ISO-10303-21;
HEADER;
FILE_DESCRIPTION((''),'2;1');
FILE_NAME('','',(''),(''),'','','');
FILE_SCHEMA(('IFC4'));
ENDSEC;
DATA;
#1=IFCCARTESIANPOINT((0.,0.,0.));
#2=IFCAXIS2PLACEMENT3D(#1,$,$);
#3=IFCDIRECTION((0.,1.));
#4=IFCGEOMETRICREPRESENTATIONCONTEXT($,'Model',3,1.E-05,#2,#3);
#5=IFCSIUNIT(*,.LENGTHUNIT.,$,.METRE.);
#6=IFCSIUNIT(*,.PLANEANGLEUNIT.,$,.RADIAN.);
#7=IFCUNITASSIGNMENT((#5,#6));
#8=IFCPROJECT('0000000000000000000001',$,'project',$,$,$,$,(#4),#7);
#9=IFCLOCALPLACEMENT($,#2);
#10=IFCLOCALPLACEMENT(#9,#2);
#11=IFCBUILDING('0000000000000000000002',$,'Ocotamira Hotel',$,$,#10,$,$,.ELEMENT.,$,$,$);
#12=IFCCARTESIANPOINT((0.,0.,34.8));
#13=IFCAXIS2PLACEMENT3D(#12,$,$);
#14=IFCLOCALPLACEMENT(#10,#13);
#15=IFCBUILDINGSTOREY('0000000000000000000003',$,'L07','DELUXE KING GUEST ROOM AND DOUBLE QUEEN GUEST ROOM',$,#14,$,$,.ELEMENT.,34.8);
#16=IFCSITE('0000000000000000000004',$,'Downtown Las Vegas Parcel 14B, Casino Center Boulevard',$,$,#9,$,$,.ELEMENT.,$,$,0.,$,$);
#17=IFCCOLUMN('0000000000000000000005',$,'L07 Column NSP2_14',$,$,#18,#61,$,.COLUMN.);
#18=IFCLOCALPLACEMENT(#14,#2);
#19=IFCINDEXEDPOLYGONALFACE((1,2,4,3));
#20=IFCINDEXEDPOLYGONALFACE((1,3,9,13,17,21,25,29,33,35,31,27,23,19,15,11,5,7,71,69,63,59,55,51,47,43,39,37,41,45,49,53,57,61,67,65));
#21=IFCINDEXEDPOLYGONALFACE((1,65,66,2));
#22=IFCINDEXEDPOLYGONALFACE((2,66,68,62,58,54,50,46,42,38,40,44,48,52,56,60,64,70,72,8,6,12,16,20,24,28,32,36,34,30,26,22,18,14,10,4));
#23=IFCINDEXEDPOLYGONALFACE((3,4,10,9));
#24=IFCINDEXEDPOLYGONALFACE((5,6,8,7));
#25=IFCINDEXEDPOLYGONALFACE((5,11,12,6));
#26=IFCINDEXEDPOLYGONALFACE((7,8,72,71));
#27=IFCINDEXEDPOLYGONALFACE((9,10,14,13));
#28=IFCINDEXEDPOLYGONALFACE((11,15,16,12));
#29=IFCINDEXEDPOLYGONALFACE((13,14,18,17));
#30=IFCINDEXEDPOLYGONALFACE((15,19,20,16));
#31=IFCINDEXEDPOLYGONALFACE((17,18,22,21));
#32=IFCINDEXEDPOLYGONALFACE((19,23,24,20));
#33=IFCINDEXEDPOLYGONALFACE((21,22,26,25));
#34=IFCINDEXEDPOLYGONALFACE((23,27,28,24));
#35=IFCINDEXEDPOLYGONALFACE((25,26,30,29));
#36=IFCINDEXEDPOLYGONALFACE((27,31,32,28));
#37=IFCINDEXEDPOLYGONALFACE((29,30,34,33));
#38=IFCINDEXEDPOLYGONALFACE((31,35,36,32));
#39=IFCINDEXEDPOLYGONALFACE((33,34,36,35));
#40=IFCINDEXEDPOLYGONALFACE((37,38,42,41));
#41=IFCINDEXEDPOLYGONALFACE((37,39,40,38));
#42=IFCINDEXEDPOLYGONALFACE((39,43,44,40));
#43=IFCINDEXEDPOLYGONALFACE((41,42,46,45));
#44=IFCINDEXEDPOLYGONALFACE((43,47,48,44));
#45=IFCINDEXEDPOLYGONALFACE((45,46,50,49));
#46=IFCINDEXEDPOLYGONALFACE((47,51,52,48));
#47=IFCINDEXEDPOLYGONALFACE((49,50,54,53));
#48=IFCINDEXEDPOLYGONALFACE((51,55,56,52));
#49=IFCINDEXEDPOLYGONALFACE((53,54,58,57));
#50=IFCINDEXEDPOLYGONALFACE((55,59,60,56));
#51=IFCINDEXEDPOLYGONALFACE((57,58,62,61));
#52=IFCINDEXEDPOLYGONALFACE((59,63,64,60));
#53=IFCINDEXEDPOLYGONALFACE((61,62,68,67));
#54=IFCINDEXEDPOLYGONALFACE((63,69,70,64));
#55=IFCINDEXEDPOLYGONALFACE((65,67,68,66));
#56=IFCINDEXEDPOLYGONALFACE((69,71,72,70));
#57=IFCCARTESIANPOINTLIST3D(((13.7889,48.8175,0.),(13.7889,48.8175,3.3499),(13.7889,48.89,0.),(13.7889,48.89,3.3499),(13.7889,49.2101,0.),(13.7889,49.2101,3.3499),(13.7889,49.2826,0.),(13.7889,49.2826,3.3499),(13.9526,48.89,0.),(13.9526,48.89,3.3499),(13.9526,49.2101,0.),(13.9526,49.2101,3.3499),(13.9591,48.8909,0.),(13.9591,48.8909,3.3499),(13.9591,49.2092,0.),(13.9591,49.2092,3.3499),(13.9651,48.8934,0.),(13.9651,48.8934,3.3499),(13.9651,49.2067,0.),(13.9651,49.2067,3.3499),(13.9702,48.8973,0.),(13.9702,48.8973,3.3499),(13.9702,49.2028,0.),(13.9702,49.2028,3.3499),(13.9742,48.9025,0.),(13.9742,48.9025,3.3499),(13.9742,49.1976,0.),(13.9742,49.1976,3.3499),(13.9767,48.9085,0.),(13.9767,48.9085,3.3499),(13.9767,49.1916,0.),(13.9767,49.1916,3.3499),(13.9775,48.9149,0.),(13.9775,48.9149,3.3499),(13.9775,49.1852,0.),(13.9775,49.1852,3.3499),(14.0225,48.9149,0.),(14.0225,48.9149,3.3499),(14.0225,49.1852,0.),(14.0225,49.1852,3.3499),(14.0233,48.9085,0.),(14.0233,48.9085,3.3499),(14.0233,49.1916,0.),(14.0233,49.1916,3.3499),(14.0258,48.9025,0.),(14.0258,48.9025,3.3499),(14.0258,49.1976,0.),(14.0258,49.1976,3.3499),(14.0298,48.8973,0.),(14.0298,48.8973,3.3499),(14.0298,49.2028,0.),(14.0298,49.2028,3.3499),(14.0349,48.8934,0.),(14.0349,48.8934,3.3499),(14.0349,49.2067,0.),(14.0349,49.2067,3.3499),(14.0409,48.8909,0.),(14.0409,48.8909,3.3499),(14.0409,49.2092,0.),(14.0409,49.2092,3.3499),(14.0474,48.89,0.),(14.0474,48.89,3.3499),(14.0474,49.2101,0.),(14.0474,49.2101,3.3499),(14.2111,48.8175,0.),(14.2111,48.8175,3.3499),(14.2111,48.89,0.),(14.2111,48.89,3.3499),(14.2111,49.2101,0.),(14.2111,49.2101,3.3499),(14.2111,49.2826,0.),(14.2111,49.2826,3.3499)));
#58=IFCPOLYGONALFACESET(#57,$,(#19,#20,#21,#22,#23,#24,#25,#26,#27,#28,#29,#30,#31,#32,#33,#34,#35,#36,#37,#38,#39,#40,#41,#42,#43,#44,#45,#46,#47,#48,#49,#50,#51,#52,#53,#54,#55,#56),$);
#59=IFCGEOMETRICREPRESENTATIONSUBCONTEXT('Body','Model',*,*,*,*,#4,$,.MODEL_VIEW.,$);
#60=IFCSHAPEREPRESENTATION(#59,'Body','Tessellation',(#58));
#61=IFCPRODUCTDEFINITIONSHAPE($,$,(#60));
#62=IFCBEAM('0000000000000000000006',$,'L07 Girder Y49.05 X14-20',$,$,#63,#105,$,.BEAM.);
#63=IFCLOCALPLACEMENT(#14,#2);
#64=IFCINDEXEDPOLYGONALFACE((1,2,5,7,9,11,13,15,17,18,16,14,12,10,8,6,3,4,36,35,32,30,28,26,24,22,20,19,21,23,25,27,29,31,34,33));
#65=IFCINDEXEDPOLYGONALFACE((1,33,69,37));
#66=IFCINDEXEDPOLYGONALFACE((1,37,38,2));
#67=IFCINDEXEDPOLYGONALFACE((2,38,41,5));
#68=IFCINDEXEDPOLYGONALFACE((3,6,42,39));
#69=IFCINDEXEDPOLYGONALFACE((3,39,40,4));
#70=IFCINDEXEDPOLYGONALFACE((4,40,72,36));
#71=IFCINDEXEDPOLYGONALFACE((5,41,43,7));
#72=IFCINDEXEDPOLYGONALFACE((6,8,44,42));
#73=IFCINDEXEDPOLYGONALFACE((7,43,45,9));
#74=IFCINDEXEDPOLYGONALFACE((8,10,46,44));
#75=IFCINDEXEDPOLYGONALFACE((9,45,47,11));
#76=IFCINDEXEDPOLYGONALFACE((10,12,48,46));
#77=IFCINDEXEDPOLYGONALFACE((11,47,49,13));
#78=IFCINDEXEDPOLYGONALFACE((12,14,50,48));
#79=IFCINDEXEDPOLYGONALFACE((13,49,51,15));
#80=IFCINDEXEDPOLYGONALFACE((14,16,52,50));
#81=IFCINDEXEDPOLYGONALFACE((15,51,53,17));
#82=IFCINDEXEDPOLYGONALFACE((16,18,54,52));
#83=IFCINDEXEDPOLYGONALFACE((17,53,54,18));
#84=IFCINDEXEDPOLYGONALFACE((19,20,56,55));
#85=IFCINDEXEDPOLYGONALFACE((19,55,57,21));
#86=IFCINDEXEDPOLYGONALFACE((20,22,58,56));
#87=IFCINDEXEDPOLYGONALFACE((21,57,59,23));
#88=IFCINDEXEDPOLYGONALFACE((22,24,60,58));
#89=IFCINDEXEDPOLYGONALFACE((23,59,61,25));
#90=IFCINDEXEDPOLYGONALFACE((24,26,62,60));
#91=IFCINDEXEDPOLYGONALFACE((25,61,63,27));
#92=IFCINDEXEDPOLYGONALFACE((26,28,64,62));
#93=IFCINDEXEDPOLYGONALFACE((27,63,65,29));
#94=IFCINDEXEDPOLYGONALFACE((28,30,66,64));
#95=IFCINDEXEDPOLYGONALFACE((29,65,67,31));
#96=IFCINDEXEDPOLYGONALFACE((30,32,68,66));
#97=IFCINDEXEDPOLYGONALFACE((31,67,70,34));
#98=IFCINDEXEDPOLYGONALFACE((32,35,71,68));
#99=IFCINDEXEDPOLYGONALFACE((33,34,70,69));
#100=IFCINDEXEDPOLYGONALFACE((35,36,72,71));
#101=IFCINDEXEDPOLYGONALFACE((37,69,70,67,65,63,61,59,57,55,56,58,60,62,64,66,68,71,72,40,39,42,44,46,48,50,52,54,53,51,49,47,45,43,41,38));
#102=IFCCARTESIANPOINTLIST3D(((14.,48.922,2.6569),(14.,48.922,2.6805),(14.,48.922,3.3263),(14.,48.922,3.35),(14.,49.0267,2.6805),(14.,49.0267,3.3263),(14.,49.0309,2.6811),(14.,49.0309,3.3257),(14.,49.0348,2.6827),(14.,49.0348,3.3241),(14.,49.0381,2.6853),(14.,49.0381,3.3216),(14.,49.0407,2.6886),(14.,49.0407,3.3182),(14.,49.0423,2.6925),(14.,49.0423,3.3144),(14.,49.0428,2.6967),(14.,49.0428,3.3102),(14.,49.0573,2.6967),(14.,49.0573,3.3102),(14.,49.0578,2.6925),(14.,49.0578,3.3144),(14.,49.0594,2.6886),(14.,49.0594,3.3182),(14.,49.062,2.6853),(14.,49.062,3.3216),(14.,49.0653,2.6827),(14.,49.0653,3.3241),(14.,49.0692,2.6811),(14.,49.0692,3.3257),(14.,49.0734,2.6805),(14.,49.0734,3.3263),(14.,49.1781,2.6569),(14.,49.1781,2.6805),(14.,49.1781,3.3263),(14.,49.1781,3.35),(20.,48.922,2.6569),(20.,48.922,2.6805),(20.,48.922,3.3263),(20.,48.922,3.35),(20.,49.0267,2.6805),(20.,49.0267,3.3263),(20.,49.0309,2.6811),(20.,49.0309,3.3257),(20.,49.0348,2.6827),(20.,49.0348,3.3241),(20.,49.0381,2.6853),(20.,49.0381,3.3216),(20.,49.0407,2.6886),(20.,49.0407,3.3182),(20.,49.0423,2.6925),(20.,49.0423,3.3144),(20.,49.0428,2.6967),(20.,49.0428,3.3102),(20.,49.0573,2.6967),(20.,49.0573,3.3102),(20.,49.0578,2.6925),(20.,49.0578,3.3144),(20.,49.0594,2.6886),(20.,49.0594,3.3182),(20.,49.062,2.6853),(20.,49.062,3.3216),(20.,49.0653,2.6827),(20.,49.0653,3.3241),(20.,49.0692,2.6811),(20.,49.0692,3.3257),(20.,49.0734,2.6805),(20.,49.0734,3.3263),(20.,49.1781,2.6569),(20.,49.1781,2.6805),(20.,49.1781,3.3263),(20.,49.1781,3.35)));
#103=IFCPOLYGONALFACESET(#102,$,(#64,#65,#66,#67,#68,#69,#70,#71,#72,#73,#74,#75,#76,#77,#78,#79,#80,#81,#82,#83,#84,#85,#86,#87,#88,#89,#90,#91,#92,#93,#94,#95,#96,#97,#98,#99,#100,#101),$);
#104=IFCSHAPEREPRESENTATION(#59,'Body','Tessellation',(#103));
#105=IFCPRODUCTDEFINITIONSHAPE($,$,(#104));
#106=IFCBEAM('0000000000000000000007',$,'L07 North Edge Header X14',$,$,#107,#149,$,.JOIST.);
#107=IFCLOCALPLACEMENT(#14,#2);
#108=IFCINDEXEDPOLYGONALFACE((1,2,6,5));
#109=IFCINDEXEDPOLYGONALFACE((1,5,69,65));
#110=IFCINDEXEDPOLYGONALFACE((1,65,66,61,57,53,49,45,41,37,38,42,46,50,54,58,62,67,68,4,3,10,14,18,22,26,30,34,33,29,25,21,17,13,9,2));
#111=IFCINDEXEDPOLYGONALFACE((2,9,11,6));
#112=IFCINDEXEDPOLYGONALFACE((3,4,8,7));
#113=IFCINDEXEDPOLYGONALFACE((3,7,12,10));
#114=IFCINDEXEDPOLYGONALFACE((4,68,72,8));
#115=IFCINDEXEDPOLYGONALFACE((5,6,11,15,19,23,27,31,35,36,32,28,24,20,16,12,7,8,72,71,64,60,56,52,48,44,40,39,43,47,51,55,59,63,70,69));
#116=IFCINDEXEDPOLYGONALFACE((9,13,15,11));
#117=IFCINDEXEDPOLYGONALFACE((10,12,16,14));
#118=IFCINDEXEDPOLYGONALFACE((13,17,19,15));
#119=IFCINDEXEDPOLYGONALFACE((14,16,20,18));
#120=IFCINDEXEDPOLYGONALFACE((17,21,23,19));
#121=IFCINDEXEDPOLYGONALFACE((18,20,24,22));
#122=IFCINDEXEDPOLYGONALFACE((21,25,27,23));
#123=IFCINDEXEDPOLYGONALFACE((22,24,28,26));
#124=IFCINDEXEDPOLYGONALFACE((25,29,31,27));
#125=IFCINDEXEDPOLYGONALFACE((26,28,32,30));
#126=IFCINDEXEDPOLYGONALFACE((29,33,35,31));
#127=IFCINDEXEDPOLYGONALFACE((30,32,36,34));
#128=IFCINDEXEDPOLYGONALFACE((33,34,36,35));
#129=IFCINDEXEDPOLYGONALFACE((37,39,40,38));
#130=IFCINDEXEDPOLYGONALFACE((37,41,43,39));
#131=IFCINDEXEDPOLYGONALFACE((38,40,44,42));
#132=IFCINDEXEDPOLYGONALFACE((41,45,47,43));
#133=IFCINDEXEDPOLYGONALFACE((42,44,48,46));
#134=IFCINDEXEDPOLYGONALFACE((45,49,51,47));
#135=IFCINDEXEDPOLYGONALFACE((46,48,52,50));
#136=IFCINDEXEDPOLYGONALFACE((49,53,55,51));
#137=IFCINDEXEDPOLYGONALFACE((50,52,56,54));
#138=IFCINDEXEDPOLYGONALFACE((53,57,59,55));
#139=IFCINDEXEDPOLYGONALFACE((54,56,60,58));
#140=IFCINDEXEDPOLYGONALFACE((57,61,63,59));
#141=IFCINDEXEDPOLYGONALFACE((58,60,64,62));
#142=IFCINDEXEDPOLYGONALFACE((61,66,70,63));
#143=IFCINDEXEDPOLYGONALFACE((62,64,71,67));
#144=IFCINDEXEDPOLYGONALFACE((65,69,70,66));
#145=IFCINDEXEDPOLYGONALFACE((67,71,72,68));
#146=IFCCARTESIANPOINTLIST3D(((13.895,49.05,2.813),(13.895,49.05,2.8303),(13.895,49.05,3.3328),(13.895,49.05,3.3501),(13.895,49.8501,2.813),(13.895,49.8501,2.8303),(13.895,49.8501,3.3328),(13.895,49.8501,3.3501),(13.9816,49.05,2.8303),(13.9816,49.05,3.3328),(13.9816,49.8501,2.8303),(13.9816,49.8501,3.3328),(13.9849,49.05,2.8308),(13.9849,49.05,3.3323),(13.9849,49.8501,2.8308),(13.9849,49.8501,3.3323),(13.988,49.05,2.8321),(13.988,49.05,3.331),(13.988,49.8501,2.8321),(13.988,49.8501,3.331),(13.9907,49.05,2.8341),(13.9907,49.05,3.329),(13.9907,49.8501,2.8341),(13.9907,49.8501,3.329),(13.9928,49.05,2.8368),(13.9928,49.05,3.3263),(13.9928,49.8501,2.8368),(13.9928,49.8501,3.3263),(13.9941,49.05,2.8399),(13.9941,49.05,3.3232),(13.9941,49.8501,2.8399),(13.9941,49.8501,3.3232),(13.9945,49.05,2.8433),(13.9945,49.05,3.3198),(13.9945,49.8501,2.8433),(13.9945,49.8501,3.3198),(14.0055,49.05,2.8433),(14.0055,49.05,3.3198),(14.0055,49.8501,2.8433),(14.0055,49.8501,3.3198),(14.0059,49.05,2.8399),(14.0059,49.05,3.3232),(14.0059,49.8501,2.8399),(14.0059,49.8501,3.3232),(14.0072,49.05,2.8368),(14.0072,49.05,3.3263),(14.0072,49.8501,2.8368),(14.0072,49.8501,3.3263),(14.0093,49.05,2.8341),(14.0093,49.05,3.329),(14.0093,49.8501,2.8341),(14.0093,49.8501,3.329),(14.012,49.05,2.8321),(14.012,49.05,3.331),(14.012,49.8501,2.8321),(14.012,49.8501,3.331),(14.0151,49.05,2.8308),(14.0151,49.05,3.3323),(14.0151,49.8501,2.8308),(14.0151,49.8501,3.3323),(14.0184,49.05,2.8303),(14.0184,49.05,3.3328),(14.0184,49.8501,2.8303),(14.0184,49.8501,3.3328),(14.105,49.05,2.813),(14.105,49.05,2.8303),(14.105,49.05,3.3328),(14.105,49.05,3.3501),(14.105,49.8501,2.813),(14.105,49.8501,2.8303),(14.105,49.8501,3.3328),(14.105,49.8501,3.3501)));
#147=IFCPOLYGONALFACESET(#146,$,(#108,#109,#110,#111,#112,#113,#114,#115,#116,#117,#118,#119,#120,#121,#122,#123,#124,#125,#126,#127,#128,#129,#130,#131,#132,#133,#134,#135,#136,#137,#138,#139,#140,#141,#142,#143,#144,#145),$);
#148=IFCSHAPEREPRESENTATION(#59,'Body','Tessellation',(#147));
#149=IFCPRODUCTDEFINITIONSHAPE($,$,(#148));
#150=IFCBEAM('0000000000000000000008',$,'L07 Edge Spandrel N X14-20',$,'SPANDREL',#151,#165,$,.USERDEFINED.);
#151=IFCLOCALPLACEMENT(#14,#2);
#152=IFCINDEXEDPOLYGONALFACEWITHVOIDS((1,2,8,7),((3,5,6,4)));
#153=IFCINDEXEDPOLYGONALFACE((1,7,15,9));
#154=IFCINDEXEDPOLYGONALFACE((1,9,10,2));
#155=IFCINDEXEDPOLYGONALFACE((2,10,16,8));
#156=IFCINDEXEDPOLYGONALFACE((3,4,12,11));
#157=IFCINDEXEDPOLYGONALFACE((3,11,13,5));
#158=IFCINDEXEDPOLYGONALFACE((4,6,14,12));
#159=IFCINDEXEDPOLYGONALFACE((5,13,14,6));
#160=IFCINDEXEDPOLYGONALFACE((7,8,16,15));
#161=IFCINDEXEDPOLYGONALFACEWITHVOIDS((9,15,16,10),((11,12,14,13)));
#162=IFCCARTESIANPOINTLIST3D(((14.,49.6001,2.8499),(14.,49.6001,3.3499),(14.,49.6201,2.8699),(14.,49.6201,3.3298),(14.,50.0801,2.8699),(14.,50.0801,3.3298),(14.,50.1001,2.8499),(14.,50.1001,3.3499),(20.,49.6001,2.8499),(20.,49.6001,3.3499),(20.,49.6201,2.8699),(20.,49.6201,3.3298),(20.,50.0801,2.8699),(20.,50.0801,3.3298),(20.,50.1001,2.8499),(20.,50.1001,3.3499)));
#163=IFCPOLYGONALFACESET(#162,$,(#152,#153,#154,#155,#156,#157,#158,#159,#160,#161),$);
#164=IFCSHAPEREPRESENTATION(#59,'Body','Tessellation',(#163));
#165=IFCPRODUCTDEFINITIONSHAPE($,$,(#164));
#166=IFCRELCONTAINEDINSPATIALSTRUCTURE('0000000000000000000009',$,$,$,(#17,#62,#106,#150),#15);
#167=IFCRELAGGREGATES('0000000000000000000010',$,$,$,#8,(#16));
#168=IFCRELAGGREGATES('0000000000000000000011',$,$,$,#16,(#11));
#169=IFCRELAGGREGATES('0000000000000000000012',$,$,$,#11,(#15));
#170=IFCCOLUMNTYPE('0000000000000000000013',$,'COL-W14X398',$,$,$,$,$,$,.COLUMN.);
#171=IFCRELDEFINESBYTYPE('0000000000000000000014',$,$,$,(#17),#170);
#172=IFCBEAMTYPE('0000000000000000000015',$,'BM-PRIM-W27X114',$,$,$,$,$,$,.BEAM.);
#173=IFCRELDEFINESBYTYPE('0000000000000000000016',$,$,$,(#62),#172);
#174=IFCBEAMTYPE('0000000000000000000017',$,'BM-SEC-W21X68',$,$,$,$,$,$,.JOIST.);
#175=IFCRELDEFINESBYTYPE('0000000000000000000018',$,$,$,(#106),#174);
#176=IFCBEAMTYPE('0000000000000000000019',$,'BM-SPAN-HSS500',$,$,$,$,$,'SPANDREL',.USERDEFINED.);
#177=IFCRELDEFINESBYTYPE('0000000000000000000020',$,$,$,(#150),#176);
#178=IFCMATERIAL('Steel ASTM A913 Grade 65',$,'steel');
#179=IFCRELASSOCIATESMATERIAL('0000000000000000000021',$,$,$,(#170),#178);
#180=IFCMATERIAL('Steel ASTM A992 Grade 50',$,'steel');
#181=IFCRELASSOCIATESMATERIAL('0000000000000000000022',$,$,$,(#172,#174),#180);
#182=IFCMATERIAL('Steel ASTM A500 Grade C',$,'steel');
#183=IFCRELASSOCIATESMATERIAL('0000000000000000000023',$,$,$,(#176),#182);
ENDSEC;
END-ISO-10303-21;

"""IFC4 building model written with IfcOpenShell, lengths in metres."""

from ifc_helpers import new_model, si_unit, direction, frame, origin, origin_2d, place, context, subcontext, project, spatial, hollow_rectangle, i_section, extrude, source, transform, mapped, material, material_profile, profile_set, type_object, element, save


model = new_model("IFC4")

# Units and contexts
model_context = context("Model", 3, precision=1e-05, world=origin(), true_north=direction((0.0, 1.0)))
body_context = subcontext(model_context, "Body", "Model", "MODEL_VIEW")
ifc_project = project(units=[si_unit("LENGTHUNIT", "METRE"), si_unit("PLANEANGLEUNIT", "RADIAN")], contexts=[model_context])

# Site, building, storey
site_placement = place(None, origin())
site = spatial("IfcSite", under=ifc_project, at=site_placement, Name="Downtown Las Vegas Parcel 14B, Casino Center Boulevard", CompositionType="ELEMENT", RefElevation=0.0)
building_placement = place(site_placement, origin())
building = spatial("IfcBuilding", under=site, at=building_placement, Name="Ocotamira Hotel", CompositionType="ELEMENT")
storey_placement = place(building_placement, frame((0.0, 0.0, 34.8)))
storey = spatial("IfcBuildingStorey", under=building, at=storey_placement, Name="L07", Description="DELUXE KING GUEST ROOM AND DOUBLE QUEEN GUEST ROOM", CompositionType="ELEMENT", Elevation=34.8)

# Column
ifc_material_1 = material(Name="Steel ASTM A913 Grade 65", Category="steel")
ifc_material_profile_1 = material_profile(ifc_material_1, i_section(OverallWidth=0.4221, OverallDepth=0.4651, WebThickness=0.0449, FlangeThickness=0.0725, FilletRadius=0.0249, at=origin_2d()), Name="W14X398")
ifc_profile_set_1 = profile_set([ifc_material_profile_1], Name="Steel ASTM A913 Grade 65")
column_type = type_object("IfcColumnType", Name="COL-W14X398", PredefinedType="COLUMN", material=ifc_profile_set_1)
shared_shape_1 = source(origin(), body_context, "Body", "SweptSolid", [
    extrude(i_section(OverallWidth=0.4221, OverallDepth=0.4651, WebThickness=0.0449, FlangeThickness=0.0725, FilletRadius=0.0249, at=origin_2d()), origin(), (0.0, 0.0, 1.0), 3.3499),
])
column_placement = place(storey_placement, frame((14.0, 49.05, 0.0), z_axis=(0.0, 0.0, 1.0), x_axis=(1.0, 0.0, 0.0)))
element("IfcColumn", 1, at=column_placement, inside=storey, type_object=column_type, Name="L07 Column NSP2_14", PredefinedType="COLUMN", context=body_context, shape_type="MappedRepresentation", body=[
    mapped(shared_shape_1, transform((0.0, 0.0, 0.0), scale=1.0)),
])

# Beams
ifc_material_2 = material(Name="Steel ASTM A992 Grade 50", Category="steel")
ifc_material_profile_2 = material_profile(ifc_material_2, i_section(OverallWidth=0.2561, OverallDepth=0.6931, WebThickness=0.0144, FlangeThickness=0.0237, FilletRadius=0.0161, at=origin_2d()), Name="W27X114")
ifc_profile_set_2 = profile_set([ifc_material_profile_2], Name="Steel ASTM A992 Grade 50")
beam_type_1 = type_object("IfcBeamType", Name="BM-PRIM-W27X114", PredefinedType="BEAM", material=ifc_profile_set_2)
shared_shape_2 = source(origin(), body_context, "Body", "SweptSolid", [
    extrude(i_section(OverallWidth=0.2561, OverallDepth=0.6931, WebThickness=0.0144, FlangeThickness=0.0237, FilletRadius=0.0161, at=origin_2d()), origin(), (0.0, 0.0, 1.0), 6.0),
])
beam_1_placement = place(storey_placement, frame((14.0, 49.05, 3.0034), z_axis=(1.0, 0.0, 0.0), x_axis=(0.0, 1.0, 0.0)))
element("IfcBeam", 2, at=beam_1_placement, inside=storey, type_object=beam_type_1, Name="L07 Girder Y49.05 X14-20", PredefinedType="BEAM", context=body_context, shape_type="MappedRepresentation", body=[
    mapped(shared_shape_2, transform((0.0, 0.0, 0.0), scale=1.0)),
])
ifc_material_profile_3 = material_profile(ifc_material_2, i_section(OverallWidth=0.21, OverallDepth=0.5371, WebThickness=0.011, FlangeThickness=0.0173, FilletRadius=0.0129, at=origin_2d()), Name="W21X68")
ifc_profile_set_3 = profile_set([ifc_material_profile_3], Name="Steel ASTM A992 Grade 50")
beam_type_2 = type_object("IfcBeamType", Name="BM-SEC-W21X68", PredefinedType="JOIST", material=ifc_profile_set_3)
shared_shape_3 = source(origin(), body_context, "Body", "SweptSolid", [
    extrude(i_section(OverallWidth=0.21, OverallDepth=0.5371, WebThickness=0.011, FlangeThickness=0.0173, FilletRadius=0.0129, at=origin_2d()), origin(), (0.0, 0.0, 1.0), 0.8),
])
beam_2_placement = place(storey_placement, frame((14.0, 49.05, 3.0815), z_axis=(0.0, 1.0, 0.0), x_axis=(-1.0, 0.0, 0.0)))
element("IfcBeam", 3, at=beam_2_placement, inside=storey, type_object=beam_type_2, Name="L07 North Edge Header X14", PredefinedType="JOIST", context=body_context, shape_type="MappedRepresentation", body=[
    mapped(shared_shape_3, transform((0.0, 0.0, 0.0), scale=1.0)),
])
ifc_material_3 = material(Name="Steel ASTM A500 Grade C", Category="steel")
ifc_material_profile_4 = material_profile(ifc_material_3, hollow_rectangle(XDim=0.5, YDim=0.5, WallThickness=0.02, at=origin_2d()), Name="HSS500X500X20")
ifc_profile_set_4 = profile_set([ifc_material_profile_4], Name="Steel ASTM A500 Grade C")
beam_type_3 = type_object("IfcBeamType", Name="BM-SPAN-HSS500", ElementType="SPANDREL", PredefinedType="USERDEFINED", material=ifc_profile_set_4)
shared_shape_4 = source(origin(), body_context, "Body", "SweptSolid", [
    extrude(hollow_rectangle(XDim=0.5, YDim=0.5, WallThickness=0.02, at=origin_2d()), origin(), (0.0, 0.0, 1.0), 6.0),
])
beam_3_placement = place(storey_placement, frame((14.0, 49.8501, 3.0999), z_axis=(1.0, 0.0, 0.0), x_axis=(0.0, 1.0, 0.0)))
element("IfcBeam", 4, at=beam_3_placement, inside=storey, type_object=beam_type_3, Name="L07 Edge Spandrel N X14-20", ObjectType="SPANDREL", PredefinedType="USERDEFINED", context=body_context, shape_type="MappedRepresentation", body=[
    mapped(shared_shape_4, transform((0.0, 0.0, 0.0), scale=1.0)),
])

save(model, "model.ifc")
